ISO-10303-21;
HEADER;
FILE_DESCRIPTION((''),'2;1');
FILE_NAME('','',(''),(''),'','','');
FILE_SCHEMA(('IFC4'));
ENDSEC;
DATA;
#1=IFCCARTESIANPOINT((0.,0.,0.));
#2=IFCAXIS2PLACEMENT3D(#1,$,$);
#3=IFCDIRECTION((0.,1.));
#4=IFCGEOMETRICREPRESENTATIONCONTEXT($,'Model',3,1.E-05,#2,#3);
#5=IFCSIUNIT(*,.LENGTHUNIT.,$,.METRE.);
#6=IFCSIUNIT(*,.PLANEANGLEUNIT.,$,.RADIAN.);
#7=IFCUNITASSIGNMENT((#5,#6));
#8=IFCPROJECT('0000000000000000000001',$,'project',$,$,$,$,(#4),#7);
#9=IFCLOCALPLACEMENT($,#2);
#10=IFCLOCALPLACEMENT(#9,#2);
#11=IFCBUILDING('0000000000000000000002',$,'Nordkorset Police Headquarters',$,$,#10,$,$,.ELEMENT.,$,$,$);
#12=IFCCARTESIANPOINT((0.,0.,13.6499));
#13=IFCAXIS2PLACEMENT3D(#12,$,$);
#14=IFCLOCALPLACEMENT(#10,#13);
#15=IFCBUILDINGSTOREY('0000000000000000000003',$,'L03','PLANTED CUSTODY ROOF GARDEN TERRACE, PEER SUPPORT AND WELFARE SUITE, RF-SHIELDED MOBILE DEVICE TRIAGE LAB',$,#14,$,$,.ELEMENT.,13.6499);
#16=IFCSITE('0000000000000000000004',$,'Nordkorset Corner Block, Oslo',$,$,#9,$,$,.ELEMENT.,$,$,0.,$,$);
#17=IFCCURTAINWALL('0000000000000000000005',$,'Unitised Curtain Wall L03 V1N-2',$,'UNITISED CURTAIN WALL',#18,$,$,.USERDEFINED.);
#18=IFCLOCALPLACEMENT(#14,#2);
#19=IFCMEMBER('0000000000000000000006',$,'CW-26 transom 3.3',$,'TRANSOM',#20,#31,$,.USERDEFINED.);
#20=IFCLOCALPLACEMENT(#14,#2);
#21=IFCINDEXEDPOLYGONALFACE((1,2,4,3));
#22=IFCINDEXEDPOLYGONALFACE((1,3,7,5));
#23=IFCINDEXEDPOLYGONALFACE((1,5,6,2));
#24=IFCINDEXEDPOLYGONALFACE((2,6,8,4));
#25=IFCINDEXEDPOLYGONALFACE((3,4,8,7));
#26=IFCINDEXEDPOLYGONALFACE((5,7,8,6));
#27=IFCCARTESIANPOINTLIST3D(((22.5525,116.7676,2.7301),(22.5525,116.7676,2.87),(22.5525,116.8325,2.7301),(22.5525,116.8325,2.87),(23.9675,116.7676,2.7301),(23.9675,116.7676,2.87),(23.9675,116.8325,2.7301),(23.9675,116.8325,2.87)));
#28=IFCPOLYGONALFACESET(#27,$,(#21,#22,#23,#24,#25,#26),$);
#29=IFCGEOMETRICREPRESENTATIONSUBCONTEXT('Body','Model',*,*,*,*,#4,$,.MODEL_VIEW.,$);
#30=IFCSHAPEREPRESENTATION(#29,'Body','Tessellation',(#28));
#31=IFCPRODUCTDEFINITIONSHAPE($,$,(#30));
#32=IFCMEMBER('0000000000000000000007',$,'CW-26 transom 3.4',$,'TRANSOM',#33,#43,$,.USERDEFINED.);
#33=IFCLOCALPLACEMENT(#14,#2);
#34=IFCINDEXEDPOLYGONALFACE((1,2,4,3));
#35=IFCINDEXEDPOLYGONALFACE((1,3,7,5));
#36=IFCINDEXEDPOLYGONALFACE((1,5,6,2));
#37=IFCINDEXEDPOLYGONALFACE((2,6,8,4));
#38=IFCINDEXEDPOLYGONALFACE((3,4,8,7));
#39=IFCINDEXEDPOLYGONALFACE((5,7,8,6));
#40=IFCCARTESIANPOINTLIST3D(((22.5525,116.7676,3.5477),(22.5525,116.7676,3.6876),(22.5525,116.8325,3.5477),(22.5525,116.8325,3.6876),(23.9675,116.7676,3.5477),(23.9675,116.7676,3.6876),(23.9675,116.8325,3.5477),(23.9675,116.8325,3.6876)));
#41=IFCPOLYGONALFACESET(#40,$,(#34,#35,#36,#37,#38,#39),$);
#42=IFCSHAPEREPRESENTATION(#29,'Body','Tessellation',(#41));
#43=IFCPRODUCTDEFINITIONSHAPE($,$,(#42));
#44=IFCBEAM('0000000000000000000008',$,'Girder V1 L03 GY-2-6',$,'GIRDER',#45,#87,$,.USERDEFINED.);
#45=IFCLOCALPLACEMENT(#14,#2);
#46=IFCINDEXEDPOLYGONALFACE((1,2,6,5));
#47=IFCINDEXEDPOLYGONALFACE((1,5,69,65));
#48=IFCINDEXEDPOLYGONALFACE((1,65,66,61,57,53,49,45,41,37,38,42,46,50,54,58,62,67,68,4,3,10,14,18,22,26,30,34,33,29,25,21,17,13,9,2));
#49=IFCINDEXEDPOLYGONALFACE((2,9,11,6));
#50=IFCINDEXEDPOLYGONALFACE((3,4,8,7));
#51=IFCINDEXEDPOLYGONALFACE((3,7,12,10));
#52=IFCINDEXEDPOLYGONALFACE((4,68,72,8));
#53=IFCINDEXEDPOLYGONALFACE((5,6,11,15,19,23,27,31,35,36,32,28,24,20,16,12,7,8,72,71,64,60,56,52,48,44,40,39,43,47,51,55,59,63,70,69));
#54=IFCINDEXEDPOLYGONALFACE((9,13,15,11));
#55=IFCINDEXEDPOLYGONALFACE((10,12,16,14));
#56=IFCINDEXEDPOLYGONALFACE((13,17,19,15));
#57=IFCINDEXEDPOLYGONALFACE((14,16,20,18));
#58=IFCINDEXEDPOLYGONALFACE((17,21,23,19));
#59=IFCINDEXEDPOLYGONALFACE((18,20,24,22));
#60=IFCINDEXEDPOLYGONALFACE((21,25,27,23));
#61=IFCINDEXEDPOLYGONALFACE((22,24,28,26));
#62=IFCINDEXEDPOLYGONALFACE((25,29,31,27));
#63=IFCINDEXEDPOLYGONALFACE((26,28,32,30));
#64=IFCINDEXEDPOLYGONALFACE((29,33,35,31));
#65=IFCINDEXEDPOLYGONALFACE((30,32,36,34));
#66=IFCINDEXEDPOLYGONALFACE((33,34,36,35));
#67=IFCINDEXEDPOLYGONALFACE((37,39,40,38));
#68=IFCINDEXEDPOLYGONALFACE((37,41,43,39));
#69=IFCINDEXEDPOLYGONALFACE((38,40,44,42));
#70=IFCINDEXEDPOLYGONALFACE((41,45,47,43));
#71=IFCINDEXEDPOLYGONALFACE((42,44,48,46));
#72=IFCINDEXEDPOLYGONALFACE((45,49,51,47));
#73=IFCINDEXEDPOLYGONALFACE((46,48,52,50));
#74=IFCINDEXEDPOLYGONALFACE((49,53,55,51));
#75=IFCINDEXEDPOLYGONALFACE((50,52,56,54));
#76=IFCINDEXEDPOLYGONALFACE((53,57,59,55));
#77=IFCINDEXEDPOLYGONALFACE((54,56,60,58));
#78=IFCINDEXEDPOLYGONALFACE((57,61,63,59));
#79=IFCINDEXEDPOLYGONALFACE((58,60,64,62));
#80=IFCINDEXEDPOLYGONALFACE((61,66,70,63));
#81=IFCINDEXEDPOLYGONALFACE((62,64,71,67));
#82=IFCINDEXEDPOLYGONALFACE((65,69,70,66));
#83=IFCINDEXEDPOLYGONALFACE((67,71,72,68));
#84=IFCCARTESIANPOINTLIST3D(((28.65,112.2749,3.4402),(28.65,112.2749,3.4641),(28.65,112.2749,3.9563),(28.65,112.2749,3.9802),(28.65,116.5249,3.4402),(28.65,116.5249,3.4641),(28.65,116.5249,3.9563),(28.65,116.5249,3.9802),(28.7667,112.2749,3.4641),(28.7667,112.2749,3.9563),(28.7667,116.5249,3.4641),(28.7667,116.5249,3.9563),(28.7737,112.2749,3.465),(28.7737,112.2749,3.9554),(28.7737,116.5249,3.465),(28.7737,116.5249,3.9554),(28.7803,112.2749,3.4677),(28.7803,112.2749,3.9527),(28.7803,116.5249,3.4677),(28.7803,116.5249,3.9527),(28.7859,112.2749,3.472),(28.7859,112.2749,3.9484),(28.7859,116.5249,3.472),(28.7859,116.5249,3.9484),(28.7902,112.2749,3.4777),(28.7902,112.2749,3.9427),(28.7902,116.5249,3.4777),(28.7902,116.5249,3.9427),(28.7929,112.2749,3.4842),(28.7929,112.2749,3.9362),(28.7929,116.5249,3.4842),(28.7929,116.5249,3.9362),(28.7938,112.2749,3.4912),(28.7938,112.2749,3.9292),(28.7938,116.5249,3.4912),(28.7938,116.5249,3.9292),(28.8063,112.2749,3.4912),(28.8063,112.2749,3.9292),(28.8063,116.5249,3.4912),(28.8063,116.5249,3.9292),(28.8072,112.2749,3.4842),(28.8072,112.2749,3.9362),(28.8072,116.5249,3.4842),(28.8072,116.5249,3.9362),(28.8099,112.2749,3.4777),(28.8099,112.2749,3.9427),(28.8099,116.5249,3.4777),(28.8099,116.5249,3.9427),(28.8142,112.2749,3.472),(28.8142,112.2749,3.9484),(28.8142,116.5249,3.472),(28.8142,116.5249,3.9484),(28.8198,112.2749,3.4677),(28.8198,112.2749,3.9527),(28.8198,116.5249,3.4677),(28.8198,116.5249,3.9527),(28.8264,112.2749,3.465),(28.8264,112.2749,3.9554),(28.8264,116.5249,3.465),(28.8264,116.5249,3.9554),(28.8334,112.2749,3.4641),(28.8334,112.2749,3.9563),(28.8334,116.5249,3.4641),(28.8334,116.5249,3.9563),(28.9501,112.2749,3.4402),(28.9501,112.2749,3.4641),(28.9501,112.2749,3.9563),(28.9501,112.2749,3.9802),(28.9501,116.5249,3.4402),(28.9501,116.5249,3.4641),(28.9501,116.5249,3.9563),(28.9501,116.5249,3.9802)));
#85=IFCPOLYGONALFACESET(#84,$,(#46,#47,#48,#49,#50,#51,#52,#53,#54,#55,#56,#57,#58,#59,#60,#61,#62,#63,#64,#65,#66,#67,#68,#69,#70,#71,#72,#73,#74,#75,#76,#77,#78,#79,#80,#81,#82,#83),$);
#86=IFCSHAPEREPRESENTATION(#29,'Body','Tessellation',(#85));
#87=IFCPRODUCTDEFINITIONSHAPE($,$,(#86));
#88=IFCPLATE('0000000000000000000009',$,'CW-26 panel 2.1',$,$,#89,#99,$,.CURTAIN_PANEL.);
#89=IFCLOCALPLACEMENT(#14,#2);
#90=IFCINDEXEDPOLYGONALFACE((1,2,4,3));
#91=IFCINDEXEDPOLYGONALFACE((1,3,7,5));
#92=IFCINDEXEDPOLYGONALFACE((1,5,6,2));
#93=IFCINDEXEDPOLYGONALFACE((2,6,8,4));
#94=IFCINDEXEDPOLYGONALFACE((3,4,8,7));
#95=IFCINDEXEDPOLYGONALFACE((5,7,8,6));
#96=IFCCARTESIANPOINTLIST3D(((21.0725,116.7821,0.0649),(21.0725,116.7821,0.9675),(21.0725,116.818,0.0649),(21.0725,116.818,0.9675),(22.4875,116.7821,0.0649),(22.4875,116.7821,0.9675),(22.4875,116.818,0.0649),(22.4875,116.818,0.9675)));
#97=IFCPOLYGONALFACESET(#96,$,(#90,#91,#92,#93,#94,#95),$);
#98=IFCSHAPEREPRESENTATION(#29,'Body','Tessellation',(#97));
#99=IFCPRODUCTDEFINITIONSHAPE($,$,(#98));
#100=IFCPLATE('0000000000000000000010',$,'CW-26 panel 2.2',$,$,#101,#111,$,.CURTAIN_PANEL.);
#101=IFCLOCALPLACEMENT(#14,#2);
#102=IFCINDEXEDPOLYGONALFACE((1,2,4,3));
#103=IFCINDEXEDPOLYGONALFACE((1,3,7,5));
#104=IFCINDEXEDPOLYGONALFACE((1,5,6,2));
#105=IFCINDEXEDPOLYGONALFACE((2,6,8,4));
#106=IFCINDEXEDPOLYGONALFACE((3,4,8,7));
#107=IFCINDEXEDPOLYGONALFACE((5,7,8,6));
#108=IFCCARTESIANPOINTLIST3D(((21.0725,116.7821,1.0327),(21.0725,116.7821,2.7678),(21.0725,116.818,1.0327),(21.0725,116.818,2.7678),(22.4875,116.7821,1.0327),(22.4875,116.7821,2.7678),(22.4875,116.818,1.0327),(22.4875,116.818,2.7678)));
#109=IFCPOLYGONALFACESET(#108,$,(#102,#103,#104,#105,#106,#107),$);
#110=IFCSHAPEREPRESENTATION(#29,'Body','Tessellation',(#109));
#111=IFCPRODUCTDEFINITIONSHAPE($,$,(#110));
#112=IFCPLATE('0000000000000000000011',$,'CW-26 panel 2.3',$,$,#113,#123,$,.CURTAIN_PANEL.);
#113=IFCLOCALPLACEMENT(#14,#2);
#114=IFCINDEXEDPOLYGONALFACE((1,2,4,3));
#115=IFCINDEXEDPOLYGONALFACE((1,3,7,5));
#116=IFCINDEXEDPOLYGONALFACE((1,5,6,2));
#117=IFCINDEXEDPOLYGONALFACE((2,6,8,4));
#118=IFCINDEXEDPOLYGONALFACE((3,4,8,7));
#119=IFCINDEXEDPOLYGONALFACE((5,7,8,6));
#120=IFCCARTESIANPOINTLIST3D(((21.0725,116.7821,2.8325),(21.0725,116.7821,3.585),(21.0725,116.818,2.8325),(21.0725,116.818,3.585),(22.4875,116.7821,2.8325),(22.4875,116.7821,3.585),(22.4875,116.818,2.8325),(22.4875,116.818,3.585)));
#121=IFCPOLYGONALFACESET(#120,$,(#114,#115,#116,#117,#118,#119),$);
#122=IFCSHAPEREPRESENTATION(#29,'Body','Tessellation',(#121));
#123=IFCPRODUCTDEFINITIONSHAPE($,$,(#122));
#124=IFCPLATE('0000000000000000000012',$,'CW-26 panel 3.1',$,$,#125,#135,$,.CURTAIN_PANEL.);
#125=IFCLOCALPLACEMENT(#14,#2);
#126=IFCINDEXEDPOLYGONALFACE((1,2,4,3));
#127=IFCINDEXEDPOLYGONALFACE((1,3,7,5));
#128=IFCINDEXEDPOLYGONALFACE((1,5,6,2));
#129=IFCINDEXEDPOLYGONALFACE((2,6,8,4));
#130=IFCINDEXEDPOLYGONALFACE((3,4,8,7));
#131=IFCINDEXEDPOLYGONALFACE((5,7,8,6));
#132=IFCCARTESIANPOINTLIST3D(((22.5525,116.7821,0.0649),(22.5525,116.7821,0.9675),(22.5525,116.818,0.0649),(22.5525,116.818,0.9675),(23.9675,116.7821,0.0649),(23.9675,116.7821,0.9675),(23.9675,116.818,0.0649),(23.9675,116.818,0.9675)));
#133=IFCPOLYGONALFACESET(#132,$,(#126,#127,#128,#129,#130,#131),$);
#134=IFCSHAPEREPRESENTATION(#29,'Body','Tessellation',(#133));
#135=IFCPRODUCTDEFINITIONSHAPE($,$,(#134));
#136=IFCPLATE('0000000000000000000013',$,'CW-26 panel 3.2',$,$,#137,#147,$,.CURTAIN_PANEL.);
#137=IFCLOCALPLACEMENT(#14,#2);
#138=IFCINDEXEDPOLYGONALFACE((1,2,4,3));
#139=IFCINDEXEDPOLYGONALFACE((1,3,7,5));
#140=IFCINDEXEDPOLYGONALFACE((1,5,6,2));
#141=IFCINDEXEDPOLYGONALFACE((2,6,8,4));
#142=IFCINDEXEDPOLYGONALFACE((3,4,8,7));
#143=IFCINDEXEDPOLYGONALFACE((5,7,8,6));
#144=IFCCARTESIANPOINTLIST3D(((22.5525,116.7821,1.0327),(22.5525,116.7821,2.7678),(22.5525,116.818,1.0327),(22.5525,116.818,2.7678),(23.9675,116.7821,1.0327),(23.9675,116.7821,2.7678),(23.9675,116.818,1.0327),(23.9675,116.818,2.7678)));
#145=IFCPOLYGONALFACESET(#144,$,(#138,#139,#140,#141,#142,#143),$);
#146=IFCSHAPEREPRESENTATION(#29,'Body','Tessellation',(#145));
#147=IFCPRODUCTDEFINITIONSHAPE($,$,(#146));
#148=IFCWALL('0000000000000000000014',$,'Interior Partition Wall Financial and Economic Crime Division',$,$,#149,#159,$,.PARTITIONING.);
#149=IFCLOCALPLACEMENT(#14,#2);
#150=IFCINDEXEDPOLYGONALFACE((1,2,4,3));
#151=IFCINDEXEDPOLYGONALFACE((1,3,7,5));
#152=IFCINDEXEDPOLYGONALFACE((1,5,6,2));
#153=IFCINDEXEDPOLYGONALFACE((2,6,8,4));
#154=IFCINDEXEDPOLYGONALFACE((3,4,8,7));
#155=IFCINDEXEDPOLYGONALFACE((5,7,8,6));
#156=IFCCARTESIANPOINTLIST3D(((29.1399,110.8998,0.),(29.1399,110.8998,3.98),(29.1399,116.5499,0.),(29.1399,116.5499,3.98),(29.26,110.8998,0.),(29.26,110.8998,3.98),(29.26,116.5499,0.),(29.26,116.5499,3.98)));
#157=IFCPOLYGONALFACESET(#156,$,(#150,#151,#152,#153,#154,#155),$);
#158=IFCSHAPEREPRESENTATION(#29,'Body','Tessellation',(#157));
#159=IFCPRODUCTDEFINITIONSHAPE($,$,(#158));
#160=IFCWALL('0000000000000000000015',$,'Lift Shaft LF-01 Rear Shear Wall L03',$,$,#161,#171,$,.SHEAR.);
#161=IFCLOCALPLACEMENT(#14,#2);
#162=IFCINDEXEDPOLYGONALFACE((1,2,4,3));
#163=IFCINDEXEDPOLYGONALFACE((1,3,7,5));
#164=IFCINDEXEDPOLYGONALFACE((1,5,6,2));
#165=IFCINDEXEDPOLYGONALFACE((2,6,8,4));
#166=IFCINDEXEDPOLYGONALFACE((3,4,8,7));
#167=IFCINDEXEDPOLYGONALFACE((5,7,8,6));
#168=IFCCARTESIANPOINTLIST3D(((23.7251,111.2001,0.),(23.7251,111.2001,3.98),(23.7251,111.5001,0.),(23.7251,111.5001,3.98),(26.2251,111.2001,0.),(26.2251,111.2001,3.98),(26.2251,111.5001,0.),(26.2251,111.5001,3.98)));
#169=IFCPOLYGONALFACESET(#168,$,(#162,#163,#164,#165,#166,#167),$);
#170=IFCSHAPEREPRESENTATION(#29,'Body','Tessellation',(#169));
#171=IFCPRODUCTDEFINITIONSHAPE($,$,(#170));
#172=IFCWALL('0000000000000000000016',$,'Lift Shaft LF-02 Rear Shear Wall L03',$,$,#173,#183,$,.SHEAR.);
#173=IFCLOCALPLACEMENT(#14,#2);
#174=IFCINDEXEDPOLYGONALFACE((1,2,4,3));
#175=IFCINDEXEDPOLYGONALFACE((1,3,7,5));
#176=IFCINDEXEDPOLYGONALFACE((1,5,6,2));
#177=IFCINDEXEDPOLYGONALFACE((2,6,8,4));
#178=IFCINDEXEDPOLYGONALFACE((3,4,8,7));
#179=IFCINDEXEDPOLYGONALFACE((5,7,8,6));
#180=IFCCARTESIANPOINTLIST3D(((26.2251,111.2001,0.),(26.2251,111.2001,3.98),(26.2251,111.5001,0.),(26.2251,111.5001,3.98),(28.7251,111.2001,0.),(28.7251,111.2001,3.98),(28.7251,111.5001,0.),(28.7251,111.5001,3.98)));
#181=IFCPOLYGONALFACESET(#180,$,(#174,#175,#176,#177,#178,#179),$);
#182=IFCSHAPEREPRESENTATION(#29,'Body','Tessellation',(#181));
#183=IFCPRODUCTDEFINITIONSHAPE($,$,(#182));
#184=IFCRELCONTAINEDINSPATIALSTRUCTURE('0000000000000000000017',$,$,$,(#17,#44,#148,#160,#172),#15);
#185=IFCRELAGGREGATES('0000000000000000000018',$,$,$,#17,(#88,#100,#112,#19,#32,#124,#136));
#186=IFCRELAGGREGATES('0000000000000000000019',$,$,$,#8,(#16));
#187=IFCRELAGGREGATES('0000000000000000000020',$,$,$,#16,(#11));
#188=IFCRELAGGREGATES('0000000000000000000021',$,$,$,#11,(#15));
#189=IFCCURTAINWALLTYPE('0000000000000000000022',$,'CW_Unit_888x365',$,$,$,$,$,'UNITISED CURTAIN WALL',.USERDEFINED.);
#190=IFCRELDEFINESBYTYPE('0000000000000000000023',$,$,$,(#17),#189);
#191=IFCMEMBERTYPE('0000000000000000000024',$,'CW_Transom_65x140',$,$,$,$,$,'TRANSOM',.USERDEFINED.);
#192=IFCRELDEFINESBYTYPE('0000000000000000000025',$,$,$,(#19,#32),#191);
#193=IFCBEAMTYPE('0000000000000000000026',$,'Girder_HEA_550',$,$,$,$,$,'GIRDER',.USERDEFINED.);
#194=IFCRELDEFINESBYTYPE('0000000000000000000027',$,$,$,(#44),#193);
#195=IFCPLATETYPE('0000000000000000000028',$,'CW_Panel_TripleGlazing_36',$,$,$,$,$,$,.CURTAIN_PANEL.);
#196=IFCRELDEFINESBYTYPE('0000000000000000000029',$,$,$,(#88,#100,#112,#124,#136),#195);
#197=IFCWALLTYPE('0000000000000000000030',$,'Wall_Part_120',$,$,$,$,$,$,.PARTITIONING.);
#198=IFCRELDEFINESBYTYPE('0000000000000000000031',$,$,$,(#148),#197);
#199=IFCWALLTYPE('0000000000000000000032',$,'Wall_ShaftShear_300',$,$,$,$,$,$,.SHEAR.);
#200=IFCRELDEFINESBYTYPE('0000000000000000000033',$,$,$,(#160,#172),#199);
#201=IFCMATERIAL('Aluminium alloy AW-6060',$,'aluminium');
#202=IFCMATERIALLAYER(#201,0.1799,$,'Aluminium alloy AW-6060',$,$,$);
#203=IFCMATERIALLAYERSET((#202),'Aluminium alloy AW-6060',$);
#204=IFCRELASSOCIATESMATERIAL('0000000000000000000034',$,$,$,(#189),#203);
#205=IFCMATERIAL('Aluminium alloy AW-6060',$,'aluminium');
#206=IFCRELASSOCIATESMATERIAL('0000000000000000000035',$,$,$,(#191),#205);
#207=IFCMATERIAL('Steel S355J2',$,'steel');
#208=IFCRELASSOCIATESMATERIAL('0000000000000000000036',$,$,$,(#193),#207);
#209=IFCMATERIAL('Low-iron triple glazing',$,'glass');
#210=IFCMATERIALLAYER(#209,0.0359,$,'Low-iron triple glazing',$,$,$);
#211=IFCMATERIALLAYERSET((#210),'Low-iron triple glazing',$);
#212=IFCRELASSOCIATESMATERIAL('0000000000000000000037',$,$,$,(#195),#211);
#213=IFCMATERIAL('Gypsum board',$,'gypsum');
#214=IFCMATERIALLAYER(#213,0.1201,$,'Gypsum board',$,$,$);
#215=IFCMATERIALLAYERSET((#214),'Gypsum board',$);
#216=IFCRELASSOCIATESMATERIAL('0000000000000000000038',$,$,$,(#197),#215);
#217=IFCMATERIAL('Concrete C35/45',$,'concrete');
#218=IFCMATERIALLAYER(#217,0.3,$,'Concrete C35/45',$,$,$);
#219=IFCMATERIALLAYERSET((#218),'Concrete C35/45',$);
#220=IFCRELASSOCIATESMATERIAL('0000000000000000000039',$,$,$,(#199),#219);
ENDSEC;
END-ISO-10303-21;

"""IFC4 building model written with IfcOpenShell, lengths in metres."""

from ifc_helpers import new_model, si_unit, direction, frame, frame_2d, origin, origin_2d, place, context, subcontext, project, spatial, rectangle, i_section, extrude, material, layer, layer_set, material_profile, profile_set, type_object, element, aggregate, save


model = new_model("IFC4")

# Units and contexts
model_context = context("Model", 3, precision=1e-05, world=origin(), true_north=direction((0.0, 1.0)))
body_context = subcontext(model_context, "Body", "Model", "MODEL_VIEW")
ifc_project = project(units=[si_unit("LENGTHUNIT", "METRE"), si_unit("PLANEANGLEUNIT", "RADIAN")], contexts=[model_context])

# Site, building, storey
site_placement = place(None, origin())
site = spatial("IfcSite", under=ifc_project, at=site_placement, Name="Nordkorset Corner Block, Oslo", CompositionType="ELEMENT", RefElevation=0.0)
building_placement = place(site_placement, origin())
building = spatial("IfcBuilding", under=site, at=building_placement, Name="Nordkorset Police Headquarters", CompositionType="ELEMENT")
storey_placement = place(building_placement, frame((0.0, 0.0, 13.6499)))
storey = spatial("IfcBuildingStorey", under=building, at=storey_placement, Name="L03", Description="PLANTED CUSTODY ROOF GARDEN TERRACE, PEER SUPPORT AND WELFARE SUITE, RF-SHIELDED MOBILE DEVICE TRIAGE LAB", CompositionType="ELEMENT", Elevation=13.6499)

# Curtain wall, members
ifc_material_1 = material(Name="Aluminium alloy AW-6060", Category="aluminium")
ifc_layer_1 = layer(ifc_material_1, 0.1799, Name="Aluminium alloy AW-6060")
ifc_layer_set_1 = layer_set([ifc_layer_1], Name="Aluminium alloy AW-6060")
curtain_wall_type = type_object("IfcCurtainWallType", Name="CW_Unit_888x365", ElementType="UNITISED CURTAIN WALL", PredefinedType="USERDEFINED", material=ifc_layer_set_1)
curtain_wall_placement = place(storey_placement, origin())
curtain_wall = element("IfcCurtainWall", 1, at=curtain_wall_placement, inside=storey, type_object=curtain_wall_type, Name="Unitised Curtain Wall L03 V1N-2", ObjectType="UNITISED CURTAIN WALL", PredefinedType="USERDEFINED")
ifc_material_2 = material(Name="Aluminium alloy AW-6060", Category="aluminium")
ifc_material_profile_1 = material_profile(ifc_material_2, rectangle(XDim=0.0649, YDim=0.1399, at=origin_2d()), Name="ALU TRAN 65x140")
ifc_profile_set_1 = profile_set([ifc_material_profile_1], Name="Aluminium alloy AW-6060")
member_type_1 = type_object("IfcMemberType", Name="CW_Transom_65x140", ElementType="TRANSOM", PredefinedType="USERDEFINED", material=ifc_profile_set_1)
member_1_placement = place(storey_placement, frame((22.5525, 116.8, 2.8), z_axis=(1.0, 0.0, 0.0), x_axis=(0.0, 1.0, 0.0)))
member_1 = element("IfcMember", 2, at=member_1_placement, type_object=member_type_1, Name="CW-26 transom 3.3", ObjectType="TRANSOM", PredefinedType="USERDEFINED", context=body_context, shape_type="SweptSolid", body=[
    extrude(rectangle(XDim=0.0649, YDim=0.1399, at=origin_2d()), origin(), (0.0, 0.0, 1.0), 1.415),
])
member_2_placement = place(storey_placement, frame((22.5525, 116.8, 3.6177), z_axis=(1.0, 0.0, 0.0), x_axis=(0.0, 1.0, 0.0)))
member_2 = element("IfcMember", 3, at=member_2_placement, type_object=member_type_1, Name="CW-26 transom 3.4", ObjectType="TRANSOM", PredefinedType="USERDEFINED", context=body_context, shape_type="SweptSolid", body=[
    extrude(rectangle(XDim=0.0649, YDim=0.1399, at=origin_2d()), origin(), (0.0, 0.0, 1.0), 1.415),
])

# Beam
ifc_material_3 = material(Name="Steel S355J2", Category="steel")
ifc_material_profile_2 = material_profile(ifc_material_3, i_section(OverallWidth=0.3, OverallDepth=0.54, WebThickness=0.0125, FlangeThickness=0.0239, FilletRadius=0.0271, at=origin_2d()), Name="HEA 550")
ifc_profile_set_2 = profile_set([ifc_material_profile_2], Name="Steel S355J2")
beam_type_1 = type_object("IfcBeamType", Name="Girder_HEA_550", ElementType="GIRDER", PredefinedType="USERDEFINED", material=ifc_profile_set_2)
beam_1_placement = place(storey_placement, frame((28.8, 112.2749, 3.7102), z_axis=(0.0, 1.0, 0.0), x_axis=(-1.0, 0.0, 0.0)))
element("IfcBeam", 4, at=beam_1_placement, inside=storey, type_object=beam_type_1, Name="Girder V1 L03 GY-2-6", ObjectType="GIRDER", PredefinedType="USERDEFINED", context=body_context, shape_type="SweptSolid", body=[
    extrude(i_section(OverallWidth=0.3, OverallDepth=0.54, WebThickness=0.0125, FlangeThickness=0.0239, FilletRadius=0.0271, at=origin_2d()), origin(), (0.0, 0.0, 1.0), 4.25),
])

# Plates
ifc_material_4 = material(Name="Low-iron triple glazing", Category="glass")
ifc_layer_2 = layer(ifc_material_4, 0.0359, Name="Low-iron triple glazing")
ifc_layer_set_2 = layer_set([ifc_layer_2], Name="Low-iron triple glazing")
plate_type = type_object("IfcPlateType", Name="CW_Panel_TripleGlazing_36", PredefinedType="CURTAIN_PANEL", material=ifc_layer_set_2)
plate_1_placement = place(storey_placement, frame((21.78, 116.8, 0.0649), z_axis=(0.0, 0.0, 1.0), x_axis=(1.0, 0.0, 0.0)))
plate_1 = element("IfcPlate", 5, at=plate_1_placement, type_object=plate_type, Name="CW-26 panel 2.1", PredefinedType="CURTAIN_PANEL", context=body_context, shape_type="SweptSolid", body=[
    extrude(rectangle(XDim=1.415, YDim=0.0359, at=origin_2d()), origin(), (0.0, 0.0, 1.0), 0.9026),
])
plate_2_placement = place(storey_placement, frame((21.78, 116.8, 1.0327), z_axis=(0.0, 0.0, 1.0), x_axis=(1.0, 0.0, 0.0)))
plate_2 = element("IfcPlate", 6, at=plate_2_placement, type_object=plate_type, Name="CW-26 panel 2.2", PredefinedType="CURTAIN_PANEL", context=body_context, shape_type="SweptSolid", body=[
    extrude(rectangle(XDim=1.415, YDim=0.0359, at=origin_2d()), origin(), (0.0, 0.0, 1.0), 1.7351),
])
plate_3_placement = place(storey_placement, frame((21.78, 116.8, 2.8325), z_axis=(0.0, 0.0, 1.0), x_axis=(1.0, 0.0, 0.0)))
plate_3 = element("IfcPlate", 7, at=plate_3_placement, type_object=plate_type, Name="CW-26 panel 2.3", PredefinedType="CURTAIN_PANEL", context=body_context, shape_type="SweptSolid", body=[
    extrude(rectangle(XDim=1.415, YDim=0.0359, at=origin_2d()), origin(), (0.0, 0.0, 1.0), 0.7524),
])
plate_4_placement = place(storey_placement, frame((23.26, 116.8, 0.0649), z_axis=(0.0, 0.0, 1.0), x_axis=(1.0, 0.0, 0.0)))
plate_4 = element("IfcPlate", 8, at=plate_4_placement, type_object=plate_type, Name="CW-26 panel 3.1", PredefinedType="CURTAIN_PANEL", context=body_context, shape_type="SweptSolid", body=[
    extrude(rectangle(XDim=1.415, YDim=0.0359, at=origin_2d()), origin(), (0.0, 0.0, 1.0), 0.9026),
])
plate_5_placement = place(storey_placement, frame((23.26, 116.8, 1.0327), z_axis=(0.0, 0.0, 1.0), x_axis=(1.0, 0.0, 0.0)))
plate_5 = element("IfcPlate", 9, at=plate_5_placement, type_object=plate_type, Name="CW-26 panel 3.2", PredefinedType="CURTAIN_PANEL", context=body_context, shape_type="SweptSolid", body=[
    extrude(rectangle(XDim=1.415, YDim=0.0359, at=origin_2d()), origin(), (0.0, 0.0, 1.0), 1.7351),
])
aggregate(curtain_wall, [plate_1, plate_2, plate_3, member_1, member_2, plate_4, plate_5])

# Walls
ifc_material_5 = material(Name="Gypsum board", Category="gypsum")
ifc_layer_3 = layer(ifc_material_5, 0.1201, Name="Gypsum board")
ifc_layer_set_3 = layer_set([ifc_layer_3], Name="Gypsum board")
wall_type_1 = type_object("IfcWallType", Name="Wall_Part_120", PredefinedType="PARTITIONING", material=ifc_layer_set_3)
wall_placement = place(storey_placement, frame((29.2, 116.55, 0.0), z_axis=(0.0, 0.0, 1.0), x_axis=(0.0, -1.0, 0.0)))
element("IfcWall", 10, at=wall_placement, inside=storey, type_object=wall_type_1, Name="Interior Partition Wall Financial and Economic Crime Division", PredefinedType="PARTITIONING", context=body_context, shape_type="SweptSolid", body=[
    extrude(rectangle(XDim=5.6501, YDim=0.1201, at=frame_2d((2.8252, 0.0))), origin(), (0.0, 0.0, 1.0), 3.98),
])
ifc_material_6 = material(Name="Concrete C35/45", Category="concrete")
ifc_layer_4 = layer(ifc_material_6, 0.3, Name="Concrete C35/45")
ifc_layer_set_4 = layer_set([ifc_layer_4], Name="Concrete C35/45")
wall_type_2 = type_object("IfcWallType", Name="Wall_ShaftShear_300", PredefinedType="SHEAR", material=ifc_layer_set_4)
for number, where, z_axis, x_axis, name in (
    (11, (23.7251, 111.3501, 0.0), (0.0, 0.0, 1.0), (1.0, 0.0, 0.0), "Lift Shaft LF-01 Rear Shear Wall L03"),
    (12, (26.2251, 111.3501, 0.0), (0.0, 0.0, 1.0), (1.0, 0.0, 0.0), "Lift Shaft LF-02 Rear Shear Wall L03"),
):
    element("IfcWall", number, at=place(storey_placement, frame(where, z_axis=z_axis, x_axis=x_axis)), inside=storey, type_object=wall_type_2, Name=name, PredefinedType="SHEAR", context=body_context, shape_type="SweptSolid", body=[
        extrude(rectangle(XDim=2.5, YDim=0.3, at=frame_2d((1.25, 0.0))), origin(), (0.0, 0.0, 1.0), 3.98),
    ])

save(model, "model.ifc")
